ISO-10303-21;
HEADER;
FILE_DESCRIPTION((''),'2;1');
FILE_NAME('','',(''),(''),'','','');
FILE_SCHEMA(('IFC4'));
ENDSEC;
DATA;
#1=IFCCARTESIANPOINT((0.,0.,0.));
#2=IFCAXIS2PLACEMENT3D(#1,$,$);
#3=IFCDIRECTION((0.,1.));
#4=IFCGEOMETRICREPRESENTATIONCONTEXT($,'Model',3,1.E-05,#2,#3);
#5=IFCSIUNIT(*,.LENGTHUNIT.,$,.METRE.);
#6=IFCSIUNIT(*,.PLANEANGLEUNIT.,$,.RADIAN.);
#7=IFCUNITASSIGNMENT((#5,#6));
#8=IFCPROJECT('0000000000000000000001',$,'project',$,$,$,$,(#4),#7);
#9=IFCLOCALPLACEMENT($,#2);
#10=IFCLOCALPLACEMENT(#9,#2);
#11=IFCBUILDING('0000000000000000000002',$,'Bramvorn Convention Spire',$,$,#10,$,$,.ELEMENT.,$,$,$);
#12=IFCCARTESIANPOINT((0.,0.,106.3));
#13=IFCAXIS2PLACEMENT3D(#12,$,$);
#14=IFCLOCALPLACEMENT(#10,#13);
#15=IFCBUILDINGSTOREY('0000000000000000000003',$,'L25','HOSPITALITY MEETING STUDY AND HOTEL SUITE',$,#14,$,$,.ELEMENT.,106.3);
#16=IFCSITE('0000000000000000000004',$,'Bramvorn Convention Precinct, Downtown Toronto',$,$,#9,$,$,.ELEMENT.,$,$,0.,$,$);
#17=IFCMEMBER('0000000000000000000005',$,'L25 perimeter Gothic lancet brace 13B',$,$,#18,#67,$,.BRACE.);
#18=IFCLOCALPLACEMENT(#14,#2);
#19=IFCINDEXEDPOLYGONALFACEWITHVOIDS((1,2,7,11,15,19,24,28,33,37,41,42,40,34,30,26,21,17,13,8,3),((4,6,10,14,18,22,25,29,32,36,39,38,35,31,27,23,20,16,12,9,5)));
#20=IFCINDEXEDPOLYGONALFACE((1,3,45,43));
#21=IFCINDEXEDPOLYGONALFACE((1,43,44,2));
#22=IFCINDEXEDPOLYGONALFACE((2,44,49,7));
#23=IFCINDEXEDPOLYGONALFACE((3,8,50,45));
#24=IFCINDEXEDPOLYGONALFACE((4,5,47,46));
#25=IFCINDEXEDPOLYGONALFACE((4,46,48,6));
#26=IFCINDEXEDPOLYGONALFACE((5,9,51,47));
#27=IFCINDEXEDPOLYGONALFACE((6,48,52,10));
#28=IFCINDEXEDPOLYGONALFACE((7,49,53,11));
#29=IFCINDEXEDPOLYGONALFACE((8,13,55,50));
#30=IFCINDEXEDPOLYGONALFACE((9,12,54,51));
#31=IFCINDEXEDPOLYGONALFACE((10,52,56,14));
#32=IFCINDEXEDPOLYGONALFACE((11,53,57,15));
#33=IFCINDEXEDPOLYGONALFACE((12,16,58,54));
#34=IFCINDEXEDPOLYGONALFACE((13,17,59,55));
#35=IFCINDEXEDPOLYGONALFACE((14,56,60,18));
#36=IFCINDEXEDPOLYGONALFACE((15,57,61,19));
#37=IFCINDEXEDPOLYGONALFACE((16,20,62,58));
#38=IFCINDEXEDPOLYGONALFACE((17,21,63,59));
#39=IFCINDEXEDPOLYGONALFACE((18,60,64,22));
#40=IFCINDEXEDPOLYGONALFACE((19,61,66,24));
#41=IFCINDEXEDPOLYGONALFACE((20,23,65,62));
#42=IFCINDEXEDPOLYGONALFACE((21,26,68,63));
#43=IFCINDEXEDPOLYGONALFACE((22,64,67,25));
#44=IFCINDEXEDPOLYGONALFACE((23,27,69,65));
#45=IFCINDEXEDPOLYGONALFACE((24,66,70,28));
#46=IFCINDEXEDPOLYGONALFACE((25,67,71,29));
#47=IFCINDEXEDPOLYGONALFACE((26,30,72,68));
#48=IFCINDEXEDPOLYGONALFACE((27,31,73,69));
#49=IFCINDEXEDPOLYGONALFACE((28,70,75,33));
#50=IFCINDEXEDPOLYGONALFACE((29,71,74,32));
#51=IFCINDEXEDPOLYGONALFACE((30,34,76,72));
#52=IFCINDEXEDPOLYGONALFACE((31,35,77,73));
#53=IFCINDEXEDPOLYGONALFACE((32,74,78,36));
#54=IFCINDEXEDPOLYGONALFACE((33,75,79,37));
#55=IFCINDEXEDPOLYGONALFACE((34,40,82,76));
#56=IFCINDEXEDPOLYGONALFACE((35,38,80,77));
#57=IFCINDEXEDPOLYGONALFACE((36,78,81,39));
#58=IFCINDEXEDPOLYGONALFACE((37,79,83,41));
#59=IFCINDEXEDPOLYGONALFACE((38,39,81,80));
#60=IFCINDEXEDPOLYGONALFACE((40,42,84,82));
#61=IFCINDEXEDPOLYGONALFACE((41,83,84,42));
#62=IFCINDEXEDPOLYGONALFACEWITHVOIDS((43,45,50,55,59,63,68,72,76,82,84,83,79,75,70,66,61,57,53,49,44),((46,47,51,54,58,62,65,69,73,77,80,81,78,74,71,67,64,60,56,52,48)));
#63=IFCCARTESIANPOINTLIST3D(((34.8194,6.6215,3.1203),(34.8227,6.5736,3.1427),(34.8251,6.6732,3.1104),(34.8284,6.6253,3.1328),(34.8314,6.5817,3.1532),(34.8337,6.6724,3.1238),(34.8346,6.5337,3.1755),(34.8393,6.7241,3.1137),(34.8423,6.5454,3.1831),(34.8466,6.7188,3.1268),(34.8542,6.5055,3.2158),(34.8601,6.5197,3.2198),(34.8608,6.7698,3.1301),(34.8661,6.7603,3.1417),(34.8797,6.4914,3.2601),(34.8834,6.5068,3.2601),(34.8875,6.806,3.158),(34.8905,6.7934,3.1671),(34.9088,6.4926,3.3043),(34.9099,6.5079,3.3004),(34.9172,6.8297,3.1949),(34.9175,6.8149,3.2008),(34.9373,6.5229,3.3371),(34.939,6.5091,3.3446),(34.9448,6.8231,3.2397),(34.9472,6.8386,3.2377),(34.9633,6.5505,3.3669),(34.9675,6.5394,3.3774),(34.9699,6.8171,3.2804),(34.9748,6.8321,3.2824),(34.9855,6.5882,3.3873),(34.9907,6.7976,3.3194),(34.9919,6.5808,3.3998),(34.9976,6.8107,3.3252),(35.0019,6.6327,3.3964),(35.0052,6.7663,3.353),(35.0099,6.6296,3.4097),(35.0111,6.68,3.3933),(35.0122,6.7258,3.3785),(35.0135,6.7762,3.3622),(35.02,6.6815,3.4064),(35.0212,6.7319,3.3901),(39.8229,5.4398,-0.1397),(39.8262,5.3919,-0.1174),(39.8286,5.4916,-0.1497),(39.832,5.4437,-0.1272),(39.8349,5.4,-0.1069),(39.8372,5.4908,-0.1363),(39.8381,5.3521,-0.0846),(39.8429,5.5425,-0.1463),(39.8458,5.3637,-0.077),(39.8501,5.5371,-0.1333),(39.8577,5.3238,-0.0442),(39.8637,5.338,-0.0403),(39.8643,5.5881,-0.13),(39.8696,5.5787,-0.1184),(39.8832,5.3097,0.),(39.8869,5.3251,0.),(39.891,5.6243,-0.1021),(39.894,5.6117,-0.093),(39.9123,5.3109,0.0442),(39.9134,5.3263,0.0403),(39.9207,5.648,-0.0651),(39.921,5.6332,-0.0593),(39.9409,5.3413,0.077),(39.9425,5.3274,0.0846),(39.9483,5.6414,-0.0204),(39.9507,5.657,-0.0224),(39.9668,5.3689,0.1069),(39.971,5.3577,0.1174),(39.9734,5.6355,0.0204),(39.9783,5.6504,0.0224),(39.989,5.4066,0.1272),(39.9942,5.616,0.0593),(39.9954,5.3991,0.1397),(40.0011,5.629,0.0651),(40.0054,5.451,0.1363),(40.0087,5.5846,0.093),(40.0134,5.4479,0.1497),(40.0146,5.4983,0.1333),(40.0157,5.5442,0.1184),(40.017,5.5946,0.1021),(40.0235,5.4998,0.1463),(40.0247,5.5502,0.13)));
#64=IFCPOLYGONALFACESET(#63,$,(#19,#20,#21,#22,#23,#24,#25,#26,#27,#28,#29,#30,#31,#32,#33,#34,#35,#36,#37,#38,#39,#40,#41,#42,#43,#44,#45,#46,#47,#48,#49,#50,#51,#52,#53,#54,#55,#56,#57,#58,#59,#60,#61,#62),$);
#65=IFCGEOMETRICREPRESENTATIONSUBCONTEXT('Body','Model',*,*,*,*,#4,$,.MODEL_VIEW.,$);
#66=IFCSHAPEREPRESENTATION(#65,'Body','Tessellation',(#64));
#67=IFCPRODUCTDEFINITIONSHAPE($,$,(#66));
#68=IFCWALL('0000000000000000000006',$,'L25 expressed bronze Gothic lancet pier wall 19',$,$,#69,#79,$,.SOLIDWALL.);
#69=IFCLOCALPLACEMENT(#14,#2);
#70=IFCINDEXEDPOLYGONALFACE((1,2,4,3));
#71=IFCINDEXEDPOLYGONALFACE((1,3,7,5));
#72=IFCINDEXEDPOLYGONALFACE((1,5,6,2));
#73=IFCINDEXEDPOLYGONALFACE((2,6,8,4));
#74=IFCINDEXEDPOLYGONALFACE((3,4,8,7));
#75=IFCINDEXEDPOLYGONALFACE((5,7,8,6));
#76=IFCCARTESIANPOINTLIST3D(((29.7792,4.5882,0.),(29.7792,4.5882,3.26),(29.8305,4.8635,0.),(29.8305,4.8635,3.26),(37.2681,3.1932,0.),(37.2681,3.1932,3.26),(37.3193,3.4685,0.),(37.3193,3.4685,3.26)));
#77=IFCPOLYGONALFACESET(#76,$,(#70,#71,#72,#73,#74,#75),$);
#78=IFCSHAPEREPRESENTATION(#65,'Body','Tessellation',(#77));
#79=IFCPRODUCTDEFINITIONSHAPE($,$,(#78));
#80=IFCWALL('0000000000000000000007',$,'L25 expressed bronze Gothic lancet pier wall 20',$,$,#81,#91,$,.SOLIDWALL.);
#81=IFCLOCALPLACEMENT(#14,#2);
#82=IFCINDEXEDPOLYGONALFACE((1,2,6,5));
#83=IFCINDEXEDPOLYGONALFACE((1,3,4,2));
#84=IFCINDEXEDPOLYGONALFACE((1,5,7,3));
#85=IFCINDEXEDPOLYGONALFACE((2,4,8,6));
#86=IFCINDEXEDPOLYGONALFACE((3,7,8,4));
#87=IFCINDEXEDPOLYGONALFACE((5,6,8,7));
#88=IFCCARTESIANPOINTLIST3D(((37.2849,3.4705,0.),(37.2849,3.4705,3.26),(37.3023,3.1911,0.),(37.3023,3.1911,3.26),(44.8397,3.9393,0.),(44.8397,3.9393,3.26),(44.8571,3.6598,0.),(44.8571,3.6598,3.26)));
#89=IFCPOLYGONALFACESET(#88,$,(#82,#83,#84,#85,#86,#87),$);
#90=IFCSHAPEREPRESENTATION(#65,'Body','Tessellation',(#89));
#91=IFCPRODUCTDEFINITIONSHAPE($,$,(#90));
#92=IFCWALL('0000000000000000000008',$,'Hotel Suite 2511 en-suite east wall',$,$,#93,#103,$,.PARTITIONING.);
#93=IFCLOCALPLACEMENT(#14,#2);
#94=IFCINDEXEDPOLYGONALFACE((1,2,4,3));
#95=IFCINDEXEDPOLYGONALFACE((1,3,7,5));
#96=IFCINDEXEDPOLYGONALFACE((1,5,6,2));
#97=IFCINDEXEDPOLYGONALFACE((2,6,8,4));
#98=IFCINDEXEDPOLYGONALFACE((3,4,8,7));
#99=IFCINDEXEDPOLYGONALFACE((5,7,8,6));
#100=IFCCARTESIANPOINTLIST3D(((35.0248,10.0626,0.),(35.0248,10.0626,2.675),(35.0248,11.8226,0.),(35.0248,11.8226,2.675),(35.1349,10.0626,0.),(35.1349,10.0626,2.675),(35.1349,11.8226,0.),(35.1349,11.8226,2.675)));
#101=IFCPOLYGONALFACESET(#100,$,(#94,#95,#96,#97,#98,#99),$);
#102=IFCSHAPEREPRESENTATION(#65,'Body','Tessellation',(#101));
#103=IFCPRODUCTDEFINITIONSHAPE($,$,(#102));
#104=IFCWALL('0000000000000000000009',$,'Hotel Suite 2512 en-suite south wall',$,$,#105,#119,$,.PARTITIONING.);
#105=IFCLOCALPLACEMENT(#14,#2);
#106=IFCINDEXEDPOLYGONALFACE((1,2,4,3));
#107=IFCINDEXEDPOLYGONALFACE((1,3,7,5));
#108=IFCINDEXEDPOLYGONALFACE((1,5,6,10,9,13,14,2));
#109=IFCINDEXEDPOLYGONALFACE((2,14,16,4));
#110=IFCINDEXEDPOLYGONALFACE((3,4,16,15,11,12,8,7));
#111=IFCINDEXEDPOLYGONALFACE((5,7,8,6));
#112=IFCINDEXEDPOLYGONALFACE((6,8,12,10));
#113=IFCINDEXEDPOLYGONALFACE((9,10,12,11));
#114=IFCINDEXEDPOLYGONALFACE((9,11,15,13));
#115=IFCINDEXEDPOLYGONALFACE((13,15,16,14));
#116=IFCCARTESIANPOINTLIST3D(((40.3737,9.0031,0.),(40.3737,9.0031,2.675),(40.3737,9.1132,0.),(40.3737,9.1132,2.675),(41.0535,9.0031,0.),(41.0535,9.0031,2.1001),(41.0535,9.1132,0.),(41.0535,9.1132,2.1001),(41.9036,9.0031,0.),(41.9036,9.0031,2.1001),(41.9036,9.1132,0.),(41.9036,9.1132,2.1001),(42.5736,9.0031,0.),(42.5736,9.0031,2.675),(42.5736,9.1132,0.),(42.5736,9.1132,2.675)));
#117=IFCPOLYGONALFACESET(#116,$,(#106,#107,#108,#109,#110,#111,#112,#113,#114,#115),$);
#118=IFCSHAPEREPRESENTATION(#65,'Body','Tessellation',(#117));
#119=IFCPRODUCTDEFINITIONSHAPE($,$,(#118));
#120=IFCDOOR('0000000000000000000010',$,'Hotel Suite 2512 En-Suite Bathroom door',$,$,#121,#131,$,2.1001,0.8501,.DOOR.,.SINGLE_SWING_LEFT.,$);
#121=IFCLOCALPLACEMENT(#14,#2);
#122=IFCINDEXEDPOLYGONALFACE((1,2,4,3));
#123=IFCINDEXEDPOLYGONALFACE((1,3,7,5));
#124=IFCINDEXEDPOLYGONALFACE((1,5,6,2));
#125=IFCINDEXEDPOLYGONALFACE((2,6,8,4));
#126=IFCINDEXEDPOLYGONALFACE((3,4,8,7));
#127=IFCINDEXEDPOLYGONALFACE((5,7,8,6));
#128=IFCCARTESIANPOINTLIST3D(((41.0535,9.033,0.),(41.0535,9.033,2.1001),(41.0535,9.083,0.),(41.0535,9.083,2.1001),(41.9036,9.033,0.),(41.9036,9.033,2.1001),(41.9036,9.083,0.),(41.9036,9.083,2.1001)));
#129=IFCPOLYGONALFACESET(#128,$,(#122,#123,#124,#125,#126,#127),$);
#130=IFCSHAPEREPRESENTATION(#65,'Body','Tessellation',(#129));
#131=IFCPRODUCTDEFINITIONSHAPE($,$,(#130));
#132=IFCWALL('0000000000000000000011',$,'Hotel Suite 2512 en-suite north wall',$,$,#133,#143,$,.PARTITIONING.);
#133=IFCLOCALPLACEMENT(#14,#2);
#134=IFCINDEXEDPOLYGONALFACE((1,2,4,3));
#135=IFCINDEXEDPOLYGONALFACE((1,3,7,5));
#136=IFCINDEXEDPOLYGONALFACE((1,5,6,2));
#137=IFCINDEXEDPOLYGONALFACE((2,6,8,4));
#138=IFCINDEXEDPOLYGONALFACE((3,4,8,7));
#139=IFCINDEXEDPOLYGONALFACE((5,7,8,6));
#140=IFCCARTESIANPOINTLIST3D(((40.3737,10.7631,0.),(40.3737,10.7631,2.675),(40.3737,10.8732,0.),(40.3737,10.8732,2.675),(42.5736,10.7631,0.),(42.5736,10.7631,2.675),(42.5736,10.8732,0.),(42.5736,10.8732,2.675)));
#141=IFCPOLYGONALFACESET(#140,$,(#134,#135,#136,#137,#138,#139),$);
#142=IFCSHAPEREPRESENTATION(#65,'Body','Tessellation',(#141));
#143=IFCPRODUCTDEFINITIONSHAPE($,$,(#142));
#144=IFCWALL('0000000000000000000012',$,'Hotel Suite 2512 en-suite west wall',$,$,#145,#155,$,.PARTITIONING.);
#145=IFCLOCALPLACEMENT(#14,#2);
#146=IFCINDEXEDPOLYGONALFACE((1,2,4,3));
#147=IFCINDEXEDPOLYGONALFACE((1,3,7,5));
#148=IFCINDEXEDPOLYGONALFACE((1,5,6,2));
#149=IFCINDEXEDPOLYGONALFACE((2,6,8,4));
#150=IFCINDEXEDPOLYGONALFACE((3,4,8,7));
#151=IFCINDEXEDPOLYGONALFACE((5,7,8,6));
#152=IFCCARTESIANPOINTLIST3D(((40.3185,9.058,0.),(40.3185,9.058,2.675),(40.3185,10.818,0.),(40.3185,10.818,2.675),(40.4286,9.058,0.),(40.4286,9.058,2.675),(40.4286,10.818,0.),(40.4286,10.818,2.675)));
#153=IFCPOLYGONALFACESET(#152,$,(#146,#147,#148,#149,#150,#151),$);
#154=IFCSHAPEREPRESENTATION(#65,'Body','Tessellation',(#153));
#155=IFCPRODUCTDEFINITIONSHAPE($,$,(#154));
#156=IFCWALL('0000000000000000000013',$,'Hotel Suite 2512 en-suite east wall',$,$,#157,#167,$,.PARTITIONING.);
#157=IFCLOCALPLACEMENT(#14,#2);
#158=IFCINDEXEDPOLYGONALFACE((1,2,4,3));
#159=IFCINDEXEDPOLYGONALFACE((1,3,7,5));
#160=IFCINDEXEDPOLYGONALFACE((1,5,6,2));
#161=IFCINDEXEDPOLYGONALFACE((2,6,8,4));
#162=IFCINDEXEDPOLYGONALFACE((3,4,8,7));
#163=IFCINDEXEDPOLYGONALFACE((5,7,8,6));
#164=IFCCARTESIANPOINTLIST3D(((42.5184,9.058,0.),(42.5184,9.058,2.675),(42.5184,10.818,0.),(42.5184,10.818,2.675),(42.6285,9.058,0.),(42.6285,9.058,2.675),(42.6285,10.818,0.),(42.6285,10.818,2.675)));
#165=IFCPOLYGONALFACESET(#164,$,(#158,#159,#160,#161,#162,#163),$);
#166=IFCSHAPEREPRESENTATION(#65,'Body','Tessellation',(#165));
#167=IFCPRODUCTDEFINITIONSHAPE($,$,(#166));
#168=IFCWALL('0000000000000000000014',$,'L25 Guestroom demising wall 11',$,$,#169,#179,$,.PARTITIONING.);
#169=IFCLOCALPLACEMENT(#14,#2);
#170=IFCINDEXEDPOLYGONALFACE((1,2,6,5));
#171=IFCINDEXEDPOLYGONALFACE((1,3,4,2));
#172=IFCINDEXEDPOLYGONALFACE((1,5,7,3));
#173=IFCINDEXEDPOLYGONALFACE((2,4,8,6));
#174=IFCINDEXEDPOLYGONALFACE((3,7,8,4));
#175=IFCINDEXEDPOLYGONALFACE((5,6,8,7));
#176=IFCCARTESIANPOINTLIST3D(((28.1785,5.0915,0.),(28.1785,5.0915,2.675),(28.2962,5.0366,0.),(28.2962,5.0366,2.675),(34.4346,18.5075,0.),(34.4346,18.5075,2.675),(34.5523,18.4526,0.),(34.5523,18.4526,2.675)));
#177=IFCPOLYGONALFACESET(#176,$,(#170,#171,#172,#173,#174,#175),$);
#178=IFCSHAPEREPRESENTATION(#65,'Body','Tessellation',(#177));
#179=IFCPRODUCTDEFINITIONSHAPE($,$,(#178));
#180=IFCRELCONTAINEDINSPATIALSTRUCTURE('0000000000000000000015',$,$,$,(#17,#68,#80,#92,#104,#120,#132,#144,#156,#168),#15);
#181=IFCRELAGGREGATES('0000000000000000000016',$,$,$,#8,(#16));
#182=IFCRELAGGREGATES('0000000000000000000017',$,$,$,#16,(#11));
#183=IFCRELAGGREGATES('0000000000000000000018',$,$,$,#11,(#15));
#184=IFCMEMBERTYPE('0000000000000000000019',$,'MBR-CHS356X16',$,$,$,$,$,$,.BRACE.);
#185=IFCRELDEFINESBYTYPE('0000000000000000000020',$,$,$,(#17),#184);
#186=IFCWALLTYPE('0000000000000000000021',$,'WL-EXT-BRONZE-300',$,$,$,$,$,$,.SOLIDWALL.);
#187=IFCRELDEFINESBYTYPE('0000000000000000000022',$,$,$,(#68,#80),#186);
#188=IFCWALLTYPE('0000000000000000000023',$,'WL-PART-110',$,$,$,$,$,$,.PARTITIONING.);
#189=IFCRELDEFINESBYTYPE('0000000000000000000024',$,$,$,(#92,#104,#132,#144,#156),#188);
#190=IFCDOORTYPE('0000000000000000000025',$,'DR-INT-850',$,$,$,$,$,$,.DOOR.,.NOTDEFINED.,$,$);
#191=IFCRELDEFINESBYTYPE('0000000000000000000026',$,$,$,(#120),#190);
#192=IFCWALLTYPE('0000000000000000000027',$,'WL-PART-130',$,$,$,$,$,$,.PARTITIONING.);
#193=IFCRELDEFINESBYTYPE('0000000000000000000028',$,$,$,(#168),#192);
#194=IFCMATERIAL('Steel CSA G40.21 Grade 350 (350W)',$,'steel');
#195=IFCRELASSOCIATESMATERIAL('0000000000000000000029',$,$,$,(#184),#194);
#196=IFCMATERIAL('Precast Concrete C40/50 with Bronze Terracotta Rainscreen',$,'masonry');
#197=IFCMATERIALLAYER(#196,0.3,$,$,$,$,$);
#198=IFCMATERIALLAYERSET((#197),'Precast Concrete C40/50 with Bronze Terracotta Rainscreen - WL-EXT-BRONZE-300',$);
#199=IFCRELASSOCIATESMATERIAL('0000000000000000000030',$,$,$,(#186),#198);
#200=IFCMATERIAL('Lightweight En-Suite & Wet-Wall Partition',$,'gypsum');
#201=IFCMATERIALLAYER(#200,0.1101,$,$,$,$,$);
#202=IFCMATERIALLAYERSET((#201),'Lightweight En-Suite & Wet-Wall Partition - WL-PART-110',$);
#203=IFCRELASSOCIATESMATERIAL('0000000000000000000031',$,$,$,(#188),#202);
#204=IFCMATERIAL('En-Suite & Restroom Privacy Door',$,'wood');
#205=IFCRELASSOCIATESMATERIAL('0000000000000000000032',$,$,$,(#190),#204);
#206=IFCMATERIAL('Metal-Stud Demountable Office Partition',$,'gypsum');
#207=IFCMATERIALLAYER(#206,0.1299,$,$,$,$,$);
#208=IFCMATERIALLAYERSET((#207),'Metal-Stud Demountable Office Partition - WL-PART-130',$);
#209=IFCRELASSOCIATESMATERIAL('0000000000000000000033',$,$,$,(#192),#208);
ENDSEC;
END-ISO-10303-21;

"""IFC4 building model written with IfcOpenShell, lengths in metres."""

from ifc_helpers import new_model, si_unit, direction, frame, frame_2d, origin, origin_2d, place, context, subcontext, project, spatial, rectangle, hollow_circle, extrude, material, layer, layer_set, material_profile, profile_set, type_object, element, fill, save


model = new_model("IFC4")

# Units and contexts
model_context = context("Model", 3, precision=1e-05, world=origin(), true_north=direction((0.0, 1.0)))
body_context = subcontext(model_context, "Body", "Model", "MODEL_VIEW")
ifc_project = project(units=[si_unit("LENGTHUNIT", "METRE"), si_unit("PLANEANGLEUNIT", "RADIAN")], contexts=[model_context])

# Site, building, storey
site_placement = place(None, origin())
site = spatial("IfcSite", under=ifc_project, at=site_placement, Name="Bramvorn Convention Precinct, Downtown Toronto", CompositionType="ELEMENT", RefElevation=0.0)
building_placement = place(site_placement, origin())
building = spatial("IfcBuilding", under=site, at=building_placement, Name="Bramvorn Convention Spire", CompositionType="ELEMENT")
storey_placement = place(building_placement, frame((0.0, 0.0, 106.3)))
storey = spatial("IfcBuildingStorey", under=building, at=storey_placement, Name="L25", Description="HOSPITALITY MEETING STUDY AND HOTEL SUITE", CompositionType="ELEMENT", Elevation=106.3)

# Shared definitions
ifc_material_1 = material(Name="Steel CSA G40.21 Grade 350 (350W)", Category="steel")

# Member
ifc_material_profile_1 = material_profile(ifc_material_1, hollow_circle(Radius=0.1777, WallThickness=0.0159, at=origin_2d()))
ifc_profile_set_1 = profile_set([ifc_material_profile_1], Name="Steel CSA G40.21 Grade 350 (350W) - CHS356X16")
member_type = type_object("IfcMemberType", Name="MBR-CHS356X16", PredefinedType="BRACE", material=ifc_profile_set_1)
member_placement = place(storey_placement, frame((39.9241, 5.4827, 0.0), z_axis=(-0.821911, 0.194108, 0.535522), x_axis=(-0.229844, -0.973228, 0.0)))
element("IfcMember", 1, at=member_placement, inside=storey, type_object=member_type, Name="L25 perimeter Gothic lancet brace 13B", PredefinedType="BRACE", context=body_context, shape_type="SweptSolid", body=[
    extrude(hollow_circle(Radius=0.1777, WallThickness=0.0159, at=origin_2d()), origin(), (0.0, 0.0, 1.0), 6.0876),
])

# Walls
ifc_material_2 = material(Name="Precast Concrete C40/50 with Bronze Terracotta Rainscreen", Category="masonry")
ifc_layer_1 = layer(ifc_material_2, 0.3)
ifc_layer_set_1 = layer_set([ifc_layer_1], Name="Precast Concrete C40/50 with Bronze Terracotta Rainscreen - WL-EXT-BRONZE-300")
wall_type_1 = type_object("IfcWallType", Name="WL-EXT-BRONZE-300", PredefinedType="SOLIDWALL", material=ifc_layer_set_1)
wall_1_placement = place(storey_placement, frame((37.2937, 3.3308, 0.0), z_axis=(0.0, 0.0, 1.0), x_axis=(-0.983088, 0.183131, 0.0)))
element("IfcWall", 2, at=wall_1_placement, inside=storey, type_object=wall_type_1, Name="L25 expressed bronze Gothic lancet pier wall 19", PredefinedType="SOLIDWALL", context=body_context, shape_type="SweptSolid", body=[
    extrude(rectangle(XDim=7.6177, YDim=0.28, at=frame_2d((3.8088, 0.0))), origin(), (0.0, 0.0, 1.0), 3.26),
])
wall_2_placement = place(storey_placement, frame((44.8484, 3.7996, 0.0), z_axis=(0.0, 0.0, 1.0), x_axis=(-0.998081, -0.061928, 0.0)))
element("IfcWall", 3, at=wall_2_placement, inside=storey, type_object=wall_type_1, Name="L25 expressed bronze Gothic lancet pier wall 20", PredefinedType="SOLIDWALL", context=body_context, shape_type="SweptSolid", body=[
    extrude(rectangle(XDim=7.5693, YDim=0.28, at=frame_2d((3.7847, 0.0))), origin(), (0.0, 0.0, 1.0), 3.26),
])
ifc_material_3 = material(Name="Lightweight En-Suite & Wet-Wall Partition", Category="gypsum")
ifc_layer_2 = layer(ifc_material_3, 0.1101)
ifc_layer_set_2 = layer_set([ifc_layer_2], Name="Lightweight En-Suite & Wet-Wall Partition - WL-PART-110")
wall_type_2 = type_object("IfcWallType", Name="WL-PART-110", PredefinedType="PARTITIONING", material=ifc_layer_set_2)
wall_3_placement = place(storey_placement, frame((35.0798, 10.0627, 0.0), z_axis=(0.0, 0.0, 1.0), x_axis=(0.0, 1.0, 0.0)))
element("IfcWall", 4, at=wall_3_placement, inside=storey, type_object=wall_type_2, Name="Hotel Suite 2511 en-suite east wall", PredefinedType="PARTITIONING", context=body_context, shape_type="SweptSolid", body=[
    extrude(rectangle(XDim=1.76, YDim=0.1101, at=frame_2d((0.8799, 0.0))), origin(), (0.0, 0.0, 1.0), 2.675),
])

# Wall, opening, door
wall_4_placement = place(storey_placement, frame((40.3735, 9.0581, 0.0), z_axis=(0.0, 0.0, 1.0), x_axis=(1.0, 0.0, 0.0)))
wall_4 = element("IfcWall", 5, at=wall_4_placement, inside=storey, type_object=wall_type_2, Name="Hotel Suite 2512 en-suite south wall", PredefinedType="PARTITIONING", context=body_context, shape_type="SweptSolid", body=[
    extrude(rectangle(XDim=2.2, YDim=0.1101, at=frame_2d((1.1001, 0.0))), origin(), (0.0, 0.0, 1.0), 2.675),
])
opening_1_placement = place(wall_4_placement, frame((0.6799, 0.0, 0.0)))
opening_1 = element("IfcOpeningElement", 6, at=opening_1_placement, cuts=wall_4, PredefinedType="OPENING", context=body_context, shape_type="SweptSolid", body=[
    extrude(rectangle(XDim=0.8501, YDim=2.1001, at=frame_2d((0.425, 1.05))), frame((0.0, 0.0649, 0.0), z_axis=(0.0, -1.0, 0.0), x_axis=(1.0, 0.0, 0.0)), (0.0, 0.0, 1.0), 0.1301),
])
ifc_material_4 = material(Name="En-Suite & Restroom Privacy Door", Category="wood")
door_type_1 = type_object("IfcDoorType", Name="DR-INT-850", OperationType="NOTDEFINED", PredefinedType="DOOR", material=ifc_material_4)
door_1_placement = place(opening_1_placement, origin())
door_1 = element("IfcDoor", 7, at=door_1_placement, inside=storey, type_object=door_type_1, Name="Hotel Suite 2512 En-Suite Bathroom door", OperationType="SINGLE_SWING_LEFT", OverallHeight=2.1001, OverallWidth=0.8501, PredefinedType="DOOR", context=body_context, shape_type="SweptSolid", body=[
    extrude(rectangle(XDim=0.8501, YDim=2.1001, at=frame_2d((0.425, 1.05))), frame((0.0, 0.0249, 0.0), z_axis=(0.0, -1.0, 0.0), x_axis=(1.0, 0.0, 0.0)), (0.0, 0.0, 1.0), 0.05),
])
fill(opening_1, door_1)

# Walls
wall_5_placement = place(storey_placement, frame((40.3735, 10.8181, 0.0), z_axis=(0.0, 0.0, 1.0), x_axis=(1.0, 0.0, 0.0)))
element("IfcWall", 8, at=wall_5_placement, inside=storey, type_object=wall_type_2, Name="Hotel Suite 2512 en-suite north wall", PredefinedType="PARTITIONING", context=body_context, shape_type="SweptSolid", body=[
    extrude(rectangle(XDim=2.2, YDim=0.1101, at=frame_2d((1.1001, 0.0))), origin(), (0.0, 0.0, 1.0), 2.675),
])
for number, where, z_axis, x_axis, name in (
    (9, (40.3735, 9.0581, 0.0), (0.0, 0.0, 1.0), (0.0, 1.0, 0.0), "Hotel Suite 2512 en-suite west wall"),
    (10, (42.5735, 9.0581, 0.0), (0.0, 0.0, 1.0), (0.0, 1.0, 0.0), "Hotel Suite 2512 en-suite east wall"),
):
    element("IfcWall", number, at=place(storey_placement, frame(where, z_axis=z_axis, x_axis=x_axis)), inside=storey, type_object=wall_type_2, Name=name, PredefinedType="PARTITIONING", context=body_context, shape_type="SweptSolid", body=[
        extrude(rectangle(XDim=1.76, YDim=0.1101, at=frame_2d((0.8799, 0.0))), origin(), (0.0, 0.0, 1.0), 2.675),
    ])
ifc_material_5 = material(Name="Metal-Stud Demountable Office Partition", Category="gypsum")
ifc_layer_3 = layer(ifc_material_5, 0.1299)
ifc_layer_set_3 = layer_set([ifc_layer_3], Name="Metal-Stud Demountable Office Partition - WL-PART-130")
wall_type_3 = type_object("IfcWallType", Name="WL-PART-130", PredefinedType="PARTITIONING", material=ifc_layer_set_3)
wall_6_placement = place(storey_placement, frame((34.4934, 18.48, 0.0), z_axis=(0.0, 0.0, 1.0), x_axis=(-0.422625, -0.906305, 0.0)))
element("IfcWall", 11, at=wall_6_placement, inside=storey, type_object=wall_type_3, Name="L25 Guestroom demising wall 11", PredefinedType="PARTITIONING", context=body_context, shape_type="SweptSolid", body=[
    extrude(rectangle(XDim=14.803, YDim=0.1299, at=frame_2d((7.4014, 0.0))), origin(), (0.0, 0.0, 1.0), 2.675),
])

save(model, "model.ifc")
